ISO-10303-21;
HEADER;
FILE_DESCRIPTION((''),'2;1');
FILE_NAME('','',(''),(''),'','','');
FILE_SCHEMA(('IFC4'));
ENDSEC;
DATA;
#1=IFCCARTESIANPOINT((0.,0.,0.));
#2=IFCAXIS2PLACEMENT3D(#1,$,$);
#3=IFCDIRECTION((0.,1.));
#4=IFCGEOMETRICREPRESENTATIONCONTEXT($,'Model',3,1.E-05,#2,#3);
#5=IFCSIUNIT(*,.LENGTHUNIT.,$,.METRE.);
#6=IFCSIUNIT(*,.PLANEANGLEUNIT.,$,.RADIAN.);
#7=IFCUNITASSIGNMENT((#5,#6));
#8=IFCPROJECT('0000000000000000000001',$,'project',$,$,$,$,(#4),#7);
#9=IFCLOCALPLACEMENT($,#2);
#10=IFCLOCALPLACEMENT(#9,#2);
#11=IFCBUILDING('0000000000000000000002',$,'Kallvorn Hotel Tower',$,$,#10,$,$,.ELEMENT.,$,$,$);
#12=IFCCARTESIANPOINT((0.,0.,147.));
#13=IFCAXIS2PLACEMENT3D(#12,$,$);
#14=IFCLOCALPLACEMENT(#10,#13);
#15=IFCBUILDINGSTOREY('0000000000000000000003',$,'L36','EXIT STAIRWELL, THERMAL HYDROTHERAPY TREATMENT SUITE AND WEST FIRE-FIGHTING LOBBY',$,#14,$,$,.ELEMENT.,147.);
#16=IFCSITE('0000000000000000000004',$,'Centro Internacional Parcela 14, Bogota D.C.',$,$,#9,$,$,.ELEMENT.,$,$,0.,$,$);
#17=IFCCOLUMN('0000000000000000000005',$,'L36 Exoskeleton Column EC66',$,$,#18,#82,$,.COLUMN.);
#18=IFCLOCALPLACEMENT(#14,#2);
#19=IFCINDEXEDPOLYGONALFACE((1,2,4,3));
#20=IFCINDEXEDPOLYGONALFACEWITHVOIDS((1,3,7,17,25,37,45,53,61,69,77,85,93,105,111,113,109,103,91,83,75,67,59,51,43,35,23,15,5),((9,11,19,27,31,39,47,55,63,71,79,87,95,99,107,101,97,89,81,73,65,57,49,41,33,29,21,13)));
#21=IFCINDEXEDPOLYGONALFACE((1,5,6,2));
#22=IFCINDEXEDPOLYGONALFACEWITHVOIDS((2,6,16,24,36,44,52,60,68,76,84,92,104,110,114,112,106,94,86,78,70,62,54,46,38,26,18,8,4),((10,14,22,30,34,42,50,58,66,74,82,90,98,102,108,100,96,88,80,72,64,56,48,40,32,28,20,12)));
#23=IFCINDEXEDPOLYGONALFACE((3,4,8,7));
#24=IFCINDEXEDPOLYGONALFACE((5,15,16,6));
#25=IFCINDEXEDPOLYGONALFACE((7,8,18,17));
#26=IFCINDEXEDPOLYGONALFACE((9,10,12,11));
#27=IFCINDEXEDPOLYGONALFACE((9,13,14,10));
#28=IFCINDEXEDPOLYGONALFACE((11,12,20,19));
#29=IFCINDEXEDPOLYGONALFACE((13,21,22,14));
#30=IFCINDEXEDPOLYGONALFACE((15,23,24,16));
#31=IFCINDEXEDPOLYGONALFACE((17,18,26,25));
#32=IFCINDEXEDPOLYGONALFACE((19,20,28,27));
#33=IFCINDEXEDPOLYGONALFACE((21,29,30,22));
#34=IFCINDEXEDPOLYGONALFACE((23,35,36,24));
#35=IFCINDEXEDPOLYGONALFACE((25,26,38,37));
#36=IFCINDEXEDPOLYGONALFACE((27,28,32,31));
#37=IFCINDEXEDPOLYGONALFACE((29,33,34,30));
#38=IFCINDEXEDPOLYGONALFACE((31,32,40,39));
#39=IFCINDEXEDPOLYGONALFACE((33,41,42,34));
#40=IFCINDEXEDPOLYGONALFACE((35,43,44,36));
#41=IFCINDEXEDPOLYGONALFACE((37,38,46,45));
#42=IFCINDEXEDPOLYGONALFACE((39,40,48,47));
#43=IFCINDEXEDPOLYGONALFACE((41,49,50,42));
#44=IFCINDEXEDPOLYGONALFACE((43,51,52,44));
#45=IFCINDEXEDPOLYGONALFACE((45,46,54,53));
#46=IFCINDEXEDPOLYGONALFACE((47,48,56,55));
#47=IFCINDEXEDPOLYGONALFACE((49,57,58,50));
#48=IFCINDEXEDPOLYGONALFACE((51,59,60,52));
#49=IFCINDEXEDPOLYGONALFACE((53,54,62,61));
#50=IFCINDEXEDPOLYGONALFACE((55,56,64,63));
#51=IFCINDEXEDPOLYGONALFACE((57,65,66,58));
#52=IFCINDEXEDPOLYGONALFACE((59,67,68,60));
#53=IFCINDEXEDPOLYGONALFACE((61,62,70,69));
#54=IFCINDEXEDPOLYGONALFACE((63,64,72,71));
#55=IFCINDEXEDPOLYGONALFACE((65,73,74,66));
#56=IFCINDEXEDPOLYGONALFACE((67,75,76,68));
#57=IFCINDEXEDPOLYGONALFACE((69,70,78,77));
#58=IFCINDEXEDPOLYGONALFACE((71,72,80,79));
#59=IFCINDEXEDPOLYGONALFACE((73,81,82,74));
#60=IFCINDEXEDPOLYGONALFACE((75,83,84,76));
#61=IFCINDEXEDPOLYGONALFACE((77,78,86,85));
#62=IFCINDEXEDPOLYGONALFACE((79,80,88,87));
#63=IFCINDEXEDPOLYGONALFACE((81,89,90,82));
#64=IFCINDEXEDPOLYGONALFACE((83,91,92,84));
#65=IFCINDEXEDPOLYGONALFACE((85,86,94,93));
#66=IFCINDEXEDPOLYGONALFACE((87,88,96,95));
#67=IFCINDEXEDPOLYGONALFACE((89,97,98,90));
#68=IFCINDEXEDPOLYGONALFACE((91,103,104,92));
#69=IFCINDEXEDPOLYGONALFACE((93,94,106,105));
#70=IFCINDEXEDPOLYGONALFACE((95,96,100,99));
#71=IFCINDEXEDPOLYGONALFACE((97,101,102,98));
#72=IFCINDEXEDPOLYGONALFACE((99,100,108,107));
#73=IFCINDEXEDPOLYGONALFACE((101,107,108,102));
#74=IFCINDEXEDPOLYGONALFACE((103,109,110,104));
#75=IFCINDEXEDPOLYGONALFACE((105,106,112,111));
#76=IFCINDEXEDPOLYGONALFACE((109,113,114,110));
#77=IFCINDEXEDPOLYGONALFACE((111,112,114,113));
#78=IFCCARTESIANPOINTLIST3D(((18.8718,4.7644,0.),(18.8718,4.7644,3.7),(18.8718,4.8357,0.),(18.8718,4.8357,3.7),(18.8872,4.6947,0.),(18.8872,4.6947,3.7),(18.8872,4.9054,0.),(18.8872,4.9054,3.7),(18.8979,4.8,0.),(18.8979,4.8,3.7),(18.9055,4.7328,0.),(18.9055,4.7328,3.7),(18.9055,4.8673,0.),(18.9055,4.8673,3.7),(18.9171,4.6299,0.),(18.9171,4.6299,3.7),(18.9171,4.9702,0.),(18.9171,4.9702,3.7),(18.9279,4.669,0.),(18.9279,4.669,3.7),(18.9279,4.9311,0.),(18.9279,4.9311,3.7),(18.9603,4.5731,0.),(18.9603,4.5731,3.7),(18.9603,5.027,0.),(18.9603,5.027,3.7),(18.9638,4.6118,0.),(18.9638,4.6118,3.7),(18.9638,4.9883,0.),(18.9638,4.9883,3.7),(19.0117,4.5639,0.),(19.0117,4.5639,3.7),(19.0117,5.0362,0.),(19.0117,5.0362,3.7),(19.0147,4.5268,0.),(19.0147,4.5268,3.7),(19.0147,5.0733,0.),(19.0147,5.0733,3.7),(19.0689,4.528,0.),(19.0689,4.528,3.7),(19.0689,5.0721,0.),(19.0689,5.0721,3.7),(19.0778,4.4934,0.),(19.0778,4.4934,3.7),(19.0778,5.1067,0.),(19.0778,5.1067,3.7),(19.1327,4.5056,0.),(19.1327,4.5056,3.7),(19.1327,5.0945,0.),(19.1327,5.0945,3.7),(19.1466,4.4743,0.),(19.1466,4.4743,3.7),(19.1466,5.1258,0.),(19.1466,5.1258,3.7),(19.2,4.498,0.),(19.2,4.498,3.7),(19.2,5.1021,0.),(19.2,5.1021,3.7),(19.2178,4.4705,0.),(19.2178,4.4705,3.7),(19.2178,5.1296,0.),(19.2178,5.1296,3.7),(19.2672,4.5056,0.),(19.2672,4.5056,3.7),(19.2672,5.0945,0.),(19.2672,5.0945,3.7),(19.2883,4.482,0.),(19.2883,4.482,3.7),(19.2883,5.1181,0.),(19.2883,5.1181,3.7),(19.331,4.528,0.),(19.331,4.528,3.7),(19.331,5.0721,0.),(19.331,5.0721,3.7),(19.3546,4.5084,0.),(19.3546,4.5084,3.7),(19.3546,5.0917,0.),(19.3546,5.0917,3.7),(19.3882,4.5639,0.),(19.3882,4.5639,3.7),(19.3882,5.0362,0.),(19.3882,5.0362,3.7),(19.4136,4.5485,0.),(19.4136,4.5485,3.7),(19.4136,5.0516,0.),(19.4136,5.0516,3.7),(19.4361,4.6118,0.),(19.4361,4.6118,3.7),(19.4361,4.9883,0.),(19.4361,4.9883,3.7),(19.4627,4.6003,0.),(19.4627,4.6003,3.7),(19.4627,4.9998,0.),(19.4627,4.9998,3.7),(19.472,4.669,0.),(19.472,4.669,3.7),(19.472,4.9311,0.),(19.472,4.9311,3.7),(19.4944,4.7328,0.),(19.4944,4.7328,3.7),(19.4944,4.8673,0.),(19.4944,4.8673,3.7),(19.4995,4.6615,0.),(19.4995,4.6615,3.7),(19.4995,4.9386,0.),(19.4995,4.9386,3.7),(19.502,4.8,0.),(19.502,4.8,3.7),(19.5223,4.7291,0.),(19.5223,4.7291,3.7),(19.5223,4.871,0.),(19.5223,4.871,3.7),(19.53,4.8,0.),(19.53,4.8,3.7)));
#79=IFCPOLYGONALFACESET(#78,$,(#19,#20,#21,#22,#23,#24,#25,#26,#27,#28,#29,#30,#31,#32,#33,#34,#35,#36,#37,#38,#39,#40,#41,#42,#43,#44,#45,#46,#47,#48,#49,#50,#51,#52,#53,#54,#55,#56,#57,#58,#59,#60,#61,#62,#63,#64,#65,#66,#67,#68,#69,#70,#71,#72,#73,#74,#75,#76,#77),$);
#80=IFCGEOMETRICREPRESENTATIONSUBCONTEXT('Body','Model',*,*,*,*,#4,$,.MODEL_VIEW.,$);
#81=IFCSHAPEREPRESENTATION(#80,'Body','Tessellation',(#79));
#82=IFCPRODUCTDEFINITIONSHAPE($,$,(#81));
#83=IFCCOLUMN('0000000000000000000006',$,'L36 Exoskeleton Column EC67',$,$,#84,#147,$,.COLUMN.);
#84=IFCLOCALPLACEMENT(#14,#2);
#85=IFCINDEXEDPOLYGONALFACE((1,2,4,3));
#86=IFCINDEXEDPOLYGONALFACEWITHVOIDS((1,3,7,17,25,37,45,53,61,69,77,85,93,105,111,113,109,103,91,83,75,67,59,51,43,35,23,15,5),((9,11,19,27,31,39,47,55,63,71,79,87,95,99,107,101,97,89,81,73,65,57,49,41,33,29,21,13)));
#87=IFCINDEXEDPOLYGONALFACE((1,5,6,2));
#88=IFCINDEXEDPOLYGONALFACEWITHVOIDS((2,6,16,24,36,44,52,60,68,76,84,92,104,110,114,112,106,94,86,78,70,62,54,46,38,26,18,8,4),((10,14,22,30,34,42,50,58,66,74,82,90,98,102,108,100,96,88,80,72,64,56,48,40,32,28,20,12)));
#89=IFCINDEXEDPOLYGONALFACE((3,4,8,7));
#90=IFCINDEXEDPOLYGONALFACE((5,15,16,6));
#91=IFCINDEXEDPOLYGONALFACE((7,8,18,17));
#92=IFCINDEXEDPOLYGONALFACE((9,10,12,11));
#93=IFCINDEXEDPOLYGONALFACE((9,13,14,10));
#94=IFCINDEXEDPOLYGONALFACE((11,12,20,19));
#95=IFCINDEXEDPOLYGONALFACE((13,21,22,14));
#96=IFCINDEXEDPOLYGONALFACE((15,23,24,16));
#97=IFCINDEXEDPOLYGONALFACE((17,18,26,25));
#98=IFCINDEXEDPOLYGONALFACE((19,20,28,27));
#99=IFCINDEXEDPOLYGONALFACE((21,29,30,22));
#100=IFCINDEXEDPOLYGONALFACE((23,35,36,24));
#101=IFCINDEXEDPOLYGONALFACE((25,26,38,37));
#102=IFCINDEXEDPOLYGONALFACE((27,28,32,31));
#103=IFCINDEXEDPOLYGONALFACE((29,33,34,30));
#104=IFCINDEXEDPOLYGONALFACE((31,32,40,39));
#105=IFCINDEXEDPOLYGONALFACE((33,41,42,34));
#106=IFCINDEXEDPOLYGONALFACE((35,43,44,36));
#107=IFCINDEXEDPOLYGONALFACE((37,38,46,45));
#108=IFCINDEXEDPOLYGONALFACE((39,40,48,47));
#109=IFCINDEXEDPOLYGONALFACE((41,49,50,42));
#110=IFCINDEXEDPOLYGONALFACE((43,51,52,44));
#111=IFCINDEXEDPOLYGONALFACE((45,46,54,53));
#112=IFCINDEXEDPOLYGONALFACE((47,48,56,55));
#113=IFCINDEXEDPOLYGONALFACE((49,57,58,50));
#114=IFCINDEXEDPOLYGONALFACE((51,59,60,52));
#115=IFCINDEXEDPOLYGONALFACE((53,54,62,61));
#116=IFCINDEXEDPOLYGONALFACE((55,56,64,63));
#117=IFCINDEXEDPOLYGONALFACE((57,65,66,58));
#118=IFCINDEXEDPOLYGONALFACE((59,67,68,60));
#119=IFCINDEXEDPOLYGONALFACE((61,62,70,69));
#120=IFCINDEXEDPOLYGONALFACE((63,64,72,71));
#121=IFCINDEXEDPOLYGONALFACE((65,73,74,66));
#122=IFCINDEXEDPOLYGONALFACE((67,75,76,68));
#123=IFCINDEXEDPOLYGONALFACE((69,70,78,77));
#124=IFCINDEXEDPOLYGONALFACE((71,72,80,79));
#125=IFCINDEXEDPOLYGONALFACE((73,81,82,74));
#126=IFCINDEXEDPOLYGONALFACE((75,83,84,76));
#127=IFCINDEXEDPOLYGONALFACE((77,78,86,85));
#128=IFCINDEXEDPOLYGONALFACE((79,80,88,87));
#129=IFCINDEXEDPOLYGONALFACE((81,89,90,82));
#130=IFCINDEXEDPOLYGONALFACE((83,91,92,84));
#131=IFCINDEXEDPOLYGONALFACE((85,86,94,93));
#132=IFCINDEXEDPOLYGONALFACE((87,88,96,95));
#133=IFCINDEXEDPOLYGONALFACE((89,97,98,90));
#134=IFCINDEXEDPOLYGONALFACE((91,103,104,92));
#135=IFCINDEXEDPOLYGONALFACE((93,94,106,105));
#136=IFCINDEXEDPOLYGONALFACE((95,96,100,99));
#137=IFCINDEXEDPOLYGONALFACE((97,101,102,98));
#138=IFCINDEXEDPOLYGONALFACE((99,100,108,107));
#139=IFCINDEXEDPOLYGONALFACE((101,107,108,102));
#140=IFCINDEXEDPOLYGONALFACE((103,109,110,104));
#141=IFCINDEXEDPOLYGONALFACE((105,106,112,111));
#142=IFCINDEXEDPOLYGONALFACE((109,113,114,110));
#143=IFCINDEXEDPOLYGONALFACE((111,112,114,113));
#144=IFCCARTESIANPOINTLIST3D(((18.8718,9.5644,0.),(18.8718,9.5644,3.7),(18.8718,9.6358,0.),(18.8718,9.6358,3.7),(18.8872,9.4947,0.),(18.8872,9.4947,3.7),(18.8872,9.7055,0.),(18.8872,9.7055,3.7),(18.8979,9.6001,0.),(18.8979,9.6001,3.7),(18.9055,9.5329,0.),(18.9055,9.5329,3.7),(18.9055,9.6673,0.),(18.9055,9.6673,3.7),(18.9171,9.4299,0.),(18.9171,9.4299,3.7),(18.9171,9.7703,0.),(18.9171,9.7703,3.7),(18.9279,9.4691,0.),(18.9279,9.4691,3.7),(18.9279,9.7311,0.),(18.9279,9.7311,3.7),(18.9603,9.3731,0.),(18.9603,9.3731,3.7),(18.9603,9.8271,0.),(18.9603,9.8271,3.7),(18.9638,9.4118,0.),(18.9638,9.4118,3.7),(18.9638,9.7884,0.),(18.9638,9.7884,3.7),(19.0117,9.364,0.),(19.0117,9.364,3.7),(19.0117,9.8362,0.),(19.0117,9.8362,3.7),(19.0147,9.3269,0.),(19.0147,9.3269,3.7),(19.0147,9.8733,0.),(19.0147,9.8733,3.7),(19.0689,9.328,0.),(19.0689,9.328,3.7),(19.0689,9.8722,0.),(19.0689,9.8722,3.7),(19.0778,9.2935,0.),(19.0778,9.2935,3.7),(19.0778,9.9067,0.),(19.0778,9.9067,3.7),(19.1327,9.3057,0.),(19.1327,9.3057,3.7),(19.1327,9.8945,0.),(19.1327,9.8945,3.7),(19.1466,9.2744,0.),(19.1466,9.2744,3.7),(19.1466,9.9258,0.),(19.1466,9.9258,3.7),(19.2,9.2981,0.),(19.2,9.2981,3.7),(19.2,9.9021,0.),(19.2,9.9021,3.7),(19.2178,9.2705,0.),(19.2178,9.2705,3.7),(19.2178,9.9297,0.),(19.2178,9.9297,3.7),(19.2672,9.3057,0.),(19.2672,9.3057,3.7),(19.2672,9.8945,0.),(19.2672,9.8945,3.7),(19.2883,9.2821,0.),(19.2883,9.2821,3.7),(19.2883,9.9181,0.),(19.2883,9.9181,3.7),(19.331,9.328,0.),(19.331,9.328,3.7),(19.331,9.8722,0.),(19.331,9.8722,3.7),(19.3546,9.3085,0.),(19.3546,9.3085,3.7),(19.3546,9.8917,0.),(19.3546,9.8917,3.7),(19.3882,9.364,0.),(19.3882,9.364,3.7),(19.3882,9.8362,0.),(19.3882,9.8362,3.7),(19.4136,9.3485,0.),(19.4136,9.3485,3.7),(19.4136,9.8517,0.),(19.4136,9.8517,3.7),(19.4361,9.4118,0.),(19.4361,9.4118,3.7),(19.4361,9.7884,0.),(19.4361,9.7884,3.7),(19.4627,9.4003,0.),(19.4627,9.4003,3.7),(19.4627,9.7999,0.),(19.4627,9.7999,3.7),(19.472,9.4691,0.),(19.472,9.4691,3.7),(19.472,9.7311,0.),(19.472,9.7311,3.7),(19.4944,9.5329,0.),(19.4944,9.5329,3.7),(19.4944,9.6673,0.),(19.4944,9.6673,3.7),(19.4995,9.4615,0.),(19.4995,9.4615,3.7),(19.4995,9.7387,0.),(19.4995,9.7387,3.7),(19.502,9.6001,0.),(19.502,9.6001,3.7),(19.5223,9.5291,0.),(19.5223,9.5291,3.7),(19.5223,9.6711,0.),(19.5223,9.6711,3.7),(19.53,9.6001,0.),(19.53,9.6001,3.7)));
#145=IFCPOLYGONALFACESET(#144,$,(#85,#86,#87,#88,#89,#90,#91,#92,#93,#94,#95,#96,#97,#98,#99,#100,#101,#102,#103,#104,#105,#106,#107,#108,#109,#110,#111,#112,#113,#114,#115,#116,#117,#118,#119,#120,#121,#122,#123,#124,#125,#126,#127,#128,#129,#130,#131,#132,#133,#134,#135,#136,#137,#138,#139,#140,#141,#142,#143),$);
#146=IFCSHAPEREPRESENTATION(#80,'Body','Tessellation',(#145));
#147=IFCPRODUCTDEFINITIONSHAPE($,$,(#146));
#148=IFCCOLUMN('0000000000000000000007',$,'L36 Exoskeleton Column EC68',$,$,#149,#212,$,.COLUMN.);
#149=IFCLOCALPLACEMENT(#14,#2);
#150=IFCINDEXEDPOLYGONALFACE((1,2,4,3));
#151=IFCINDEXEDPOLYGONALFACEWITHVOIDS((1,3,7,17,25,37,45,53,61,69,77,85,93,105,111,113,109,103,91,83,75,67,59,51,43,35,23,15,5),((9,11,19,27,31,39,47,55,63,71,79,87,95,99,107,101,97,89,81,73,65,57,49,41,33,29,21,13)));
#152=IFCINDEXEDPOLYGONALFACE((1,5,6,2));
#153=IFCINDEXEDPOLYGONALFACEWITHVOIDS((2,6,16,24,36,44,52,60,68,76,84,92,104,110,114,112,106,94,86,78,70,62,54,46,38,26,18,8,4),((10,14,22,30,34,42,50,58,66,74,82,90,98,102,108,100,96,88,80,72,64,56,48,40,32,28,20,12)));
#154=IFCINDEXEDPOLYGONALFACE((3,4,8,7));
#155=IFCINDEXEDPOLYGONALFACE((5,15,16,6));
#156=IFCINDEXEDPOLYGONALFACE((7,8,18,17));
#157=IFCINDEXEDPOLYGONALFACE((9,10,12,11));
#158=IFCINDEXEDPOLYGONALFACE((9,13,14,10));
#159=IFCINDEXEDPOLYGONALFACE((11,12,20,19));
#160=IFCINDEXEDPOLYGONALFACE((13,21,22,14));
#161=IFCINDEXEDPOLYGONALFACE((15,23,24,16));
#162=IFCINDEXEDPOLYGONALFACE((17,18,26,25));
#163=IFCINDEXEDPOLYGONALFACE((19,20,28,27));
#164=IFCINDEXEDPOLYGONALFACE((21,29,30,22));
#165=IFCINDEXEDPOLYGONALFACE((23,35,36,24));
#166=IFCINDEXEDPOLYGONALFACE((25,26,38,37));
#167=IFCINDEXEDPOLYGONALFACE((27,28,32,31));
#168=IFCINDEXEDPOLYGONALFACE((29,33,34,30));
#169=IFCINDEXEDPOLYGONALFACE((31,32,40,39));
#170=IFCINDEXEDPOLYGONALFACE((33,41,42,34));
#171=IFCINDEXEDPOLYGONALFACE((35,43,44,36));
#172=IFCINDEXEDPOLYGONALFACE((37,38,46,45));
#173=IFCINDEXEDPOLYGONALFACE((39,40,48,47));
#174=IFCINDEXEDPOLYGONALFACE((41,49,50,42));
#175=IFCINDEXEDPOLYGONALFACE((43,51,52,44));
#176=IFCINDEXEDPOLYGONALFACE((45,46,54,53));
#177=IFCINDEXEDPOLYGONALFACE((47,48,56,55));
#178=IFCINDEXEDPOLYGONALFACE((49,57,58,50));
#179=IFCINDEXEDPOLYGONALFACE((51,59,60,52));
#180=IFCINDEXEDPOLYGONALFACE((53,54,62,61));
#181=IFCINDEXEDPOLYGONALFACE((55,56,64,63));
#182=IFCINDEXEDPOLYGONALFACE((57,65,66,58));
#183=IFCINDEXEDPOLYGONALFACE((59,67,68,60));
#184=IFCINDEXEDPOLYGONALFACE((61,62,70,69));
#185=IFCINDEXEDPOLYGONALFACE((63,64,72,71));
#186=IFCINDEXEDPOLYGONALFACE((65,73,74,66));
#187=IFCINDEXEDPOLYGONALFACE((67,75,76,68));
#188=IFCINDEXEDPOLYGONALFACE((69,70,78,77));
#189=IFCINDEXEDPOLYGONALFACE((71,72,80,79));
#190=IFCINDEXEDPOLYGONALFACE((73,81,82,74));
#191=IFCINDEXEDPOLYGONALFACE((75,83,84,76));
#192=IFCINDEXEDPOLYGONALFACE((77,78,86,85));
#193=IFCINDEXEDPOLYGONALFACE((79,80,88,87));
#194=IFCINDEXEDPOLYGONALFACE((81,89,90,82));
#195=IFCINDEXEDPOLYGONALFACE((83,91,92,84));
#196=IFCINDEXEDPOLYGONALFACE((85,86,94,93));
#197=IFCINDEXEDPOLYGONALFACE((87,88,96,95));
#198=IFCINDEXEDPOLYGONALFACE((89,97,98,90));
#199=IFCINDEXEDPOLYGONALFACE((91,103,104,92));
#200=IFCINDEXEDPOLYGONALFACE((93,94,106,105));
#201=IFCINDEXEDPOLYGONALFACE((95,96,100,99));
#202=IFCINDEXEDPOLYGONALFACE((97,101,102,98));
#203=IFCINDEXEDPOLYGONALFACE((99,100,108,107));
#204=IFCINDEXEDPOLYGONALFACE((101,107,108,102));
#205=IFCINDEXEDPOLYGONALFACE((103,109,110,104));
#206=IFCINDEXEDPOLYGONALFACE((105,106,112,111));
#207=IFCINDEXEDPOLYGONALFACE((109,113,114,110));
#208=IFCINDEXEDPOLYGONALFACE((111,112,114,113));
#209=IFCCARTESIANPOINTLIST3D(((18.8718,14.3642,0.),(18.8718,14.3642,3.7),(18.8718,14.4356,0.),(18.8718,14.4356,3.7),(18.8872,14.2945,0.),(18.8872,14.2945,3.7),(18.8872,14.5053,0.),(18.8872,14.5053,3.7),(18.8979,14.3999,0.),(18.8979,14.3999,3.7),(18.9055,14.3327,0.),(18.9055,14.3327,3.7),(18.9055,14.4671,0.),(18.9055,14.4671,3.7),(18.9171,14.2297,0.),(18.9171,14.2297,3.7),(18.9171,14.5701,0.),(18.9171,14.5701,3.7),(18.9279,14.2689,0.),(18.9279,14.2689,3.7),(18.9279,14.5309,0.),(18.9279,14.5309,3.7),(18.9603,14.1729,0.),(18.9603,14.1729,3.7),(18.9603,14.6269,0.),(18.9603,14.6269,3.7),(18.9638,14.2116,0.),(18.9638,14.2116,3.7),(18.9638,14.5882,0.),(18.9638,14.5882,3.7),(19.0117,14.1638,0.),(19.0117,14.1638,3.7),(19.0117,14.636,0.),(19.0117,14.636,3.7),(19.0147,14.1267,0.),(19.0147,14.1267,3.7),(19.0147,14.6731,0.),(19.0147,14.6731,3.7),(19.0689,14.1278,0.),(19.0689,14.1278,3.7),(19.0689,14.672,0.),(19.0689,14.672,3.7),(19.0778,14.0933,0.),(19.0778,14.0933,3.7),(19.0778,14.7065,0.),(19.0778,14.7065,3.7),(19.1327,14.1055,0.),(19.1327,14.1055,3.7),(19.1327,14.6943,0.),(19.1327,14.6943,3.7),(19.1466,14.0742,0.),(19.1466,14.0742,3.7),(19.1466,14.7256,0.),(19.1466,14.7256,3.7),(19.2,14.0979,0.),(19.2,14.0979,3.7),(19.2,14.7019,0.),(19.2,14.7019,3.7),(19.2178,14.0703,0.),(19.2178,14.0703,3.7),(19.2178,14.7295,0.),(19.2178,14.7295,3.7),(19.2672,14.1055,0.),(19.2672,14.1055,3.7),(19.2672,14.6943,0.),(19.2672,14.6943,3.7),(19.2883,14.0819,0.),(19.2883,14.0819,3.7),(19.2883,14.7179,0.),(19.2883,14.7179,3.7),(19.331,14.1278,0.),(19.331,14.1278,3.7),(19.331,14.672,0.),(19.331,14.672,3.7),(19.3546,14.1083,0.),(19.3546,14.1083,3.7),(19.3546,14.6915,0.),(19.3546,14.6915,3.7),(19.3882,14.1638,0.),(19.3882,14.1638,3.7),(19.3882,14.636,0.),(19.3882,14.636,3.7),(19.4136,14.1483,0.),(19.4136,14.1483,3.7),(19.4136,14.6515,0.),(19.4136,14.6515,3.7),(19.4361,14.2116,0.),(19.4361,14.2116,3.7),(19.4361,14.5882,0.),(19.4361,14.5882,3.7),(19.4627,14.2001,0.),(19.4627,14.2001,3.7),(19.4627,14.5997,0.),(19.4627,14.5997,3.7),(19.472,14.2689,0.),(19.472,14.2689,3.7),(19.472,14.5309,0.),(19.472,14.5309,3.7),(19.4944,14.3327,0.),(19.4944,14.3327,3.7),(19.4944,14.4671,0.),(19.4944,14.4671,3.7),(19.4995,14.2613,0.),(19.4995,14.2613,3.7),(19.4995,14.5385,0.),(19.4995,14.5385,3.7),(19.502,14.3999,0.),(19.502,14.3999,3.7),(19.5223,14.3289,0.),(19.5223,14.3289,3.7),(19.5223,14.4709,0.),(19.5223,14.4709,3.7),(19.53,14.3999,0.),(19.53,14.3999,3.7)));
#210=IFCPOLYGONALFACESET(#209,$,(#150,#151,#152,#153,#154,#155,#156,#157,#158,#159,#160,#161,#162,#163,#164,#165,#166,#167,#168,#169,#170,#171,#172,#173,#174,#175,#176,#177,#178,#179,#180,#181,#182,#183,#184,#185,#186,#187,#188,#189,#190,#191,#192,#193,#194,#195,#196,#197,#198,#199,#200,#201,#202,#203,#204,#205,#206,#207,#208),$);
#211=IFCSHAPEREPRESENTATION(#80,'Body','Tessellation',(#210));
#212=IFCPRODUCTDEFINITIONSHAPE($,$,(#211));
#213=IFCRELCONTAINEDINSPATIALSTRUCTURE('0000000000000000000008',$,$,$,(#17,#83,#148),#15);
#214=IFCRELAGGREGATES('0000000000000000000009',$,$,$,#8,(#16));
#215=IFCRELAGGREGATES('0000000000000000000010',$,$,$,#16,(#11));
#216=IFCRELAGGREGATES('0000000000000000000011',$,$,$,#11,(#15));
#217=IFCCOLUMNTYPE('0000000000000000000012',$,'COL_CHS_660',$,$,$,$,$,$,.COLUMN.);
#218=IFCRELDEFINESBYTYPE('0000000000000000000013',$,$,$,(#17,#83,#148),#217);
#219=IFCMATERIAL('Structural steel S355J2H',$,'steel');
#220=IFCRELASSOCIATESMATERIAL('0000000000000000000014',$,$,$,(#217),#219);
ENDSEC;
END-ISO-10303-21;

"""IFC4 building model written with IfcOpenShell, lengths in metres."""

from ifc_helpers import new_model, si_unit, direction, frame, origin, origin_2d, place, context, subcontext, project, spatial, hollow_circle, extrude, material, material_profile, profile_set, type_object, element, save


model = new_model("IFC4")

# Units and contexts
model_context = context("Model", 3, precision=1e-05, world=origin(), true_north=direction((0.0, 1.0)))
body_context = subcontext(model_context, "Body", "Model", "MODEL_VIEW")
ifc_project = project(units=[si_unit("LENGTHUNIT", "METRE"), si_unit("PLANEANGLEUNIT", "RADIAN")], contexts=[model_context])

# Site, building, storey
site_placement = place(None, origin())
site = spatial("IfcSite", under=ifc_project, at=site_placement, Name="Centro Internacional Parcela 14, Bogota D.C.", CompositionType="ELEMENT", RefElevation=0.0)
building_placement = place(site_placement, origin())
building = spatial("IfcBuilding", under=site, at=building_placement, Name="Kallvorn Hotel Tower", CompositionType="ELEMENT")
storey_placement = place(building_placement, frame((0.0, 0.0, 147.0)))
storey = spatial("IfcBuildingStorey", under=building, at=storey_placement, Name="L36", Description="EXIT STAIRWELL, THERMAL HYDROTHERAPY TREATMENT SUITE AND WEST FIRE-FIGHTING LOBBY", CompositionType="ELEMENT", Elevation=147.0)

# Columns
ifc_material_1 = material(Name="Structural steel S355J2H", Category="steel")
ifc_material_profile_1 = material_profile(ifc_material_1, hollow_circle(Radius=0.3301, WallThickness=0.0281, at=origin_2d()), Name="CHS 660x28")
ifc_profile_set_1 = profile_set([ifc_material_profile_1], Name="Structural steel S355J2H")
column_type_1 = type_object("IfcColumnType", Name="COL_CHS_660", PredefinedType="COLUMN", material=ifc_profile_set_1)
for number, where, z_axis, x_axis, name in (
    (1, (19.2, 4.8, 0.0), (0.0, 0.0, 1.0), (1.0, 0.0, 0.0), "L36 Exoskeleton Column EC66"),
    (2, (19.2, 9.6001, 0.0), (0.0, 0.0, 1.0), (1.0, 0.0, 0.0), "L36 Exoskeleton Column EC67"),
    (3, (19.2, 14.3999, 0.0), (0.0, 0.0, 1.0), (1.0, 0.0, 0.0), "L36 Exoskeleton Column EC68"),
):
    element("IfcColumn", number, at=place(storey_placement, frame(where, z_axis=z_axis, x_axis=x_axis)), inside=storey, type_object=column_type_1, Name=name, PredefinedType="COLUMN", context=body_context, shape_type="SweptSolid", body=[
        extrude(hollow_circle(Radius=0.3301, WallThickness=0.0281, at=origin_2d()), origin(), (0.0, 0.0, 1.0), 3.7),
    ])

save(model, "model.ifc")
